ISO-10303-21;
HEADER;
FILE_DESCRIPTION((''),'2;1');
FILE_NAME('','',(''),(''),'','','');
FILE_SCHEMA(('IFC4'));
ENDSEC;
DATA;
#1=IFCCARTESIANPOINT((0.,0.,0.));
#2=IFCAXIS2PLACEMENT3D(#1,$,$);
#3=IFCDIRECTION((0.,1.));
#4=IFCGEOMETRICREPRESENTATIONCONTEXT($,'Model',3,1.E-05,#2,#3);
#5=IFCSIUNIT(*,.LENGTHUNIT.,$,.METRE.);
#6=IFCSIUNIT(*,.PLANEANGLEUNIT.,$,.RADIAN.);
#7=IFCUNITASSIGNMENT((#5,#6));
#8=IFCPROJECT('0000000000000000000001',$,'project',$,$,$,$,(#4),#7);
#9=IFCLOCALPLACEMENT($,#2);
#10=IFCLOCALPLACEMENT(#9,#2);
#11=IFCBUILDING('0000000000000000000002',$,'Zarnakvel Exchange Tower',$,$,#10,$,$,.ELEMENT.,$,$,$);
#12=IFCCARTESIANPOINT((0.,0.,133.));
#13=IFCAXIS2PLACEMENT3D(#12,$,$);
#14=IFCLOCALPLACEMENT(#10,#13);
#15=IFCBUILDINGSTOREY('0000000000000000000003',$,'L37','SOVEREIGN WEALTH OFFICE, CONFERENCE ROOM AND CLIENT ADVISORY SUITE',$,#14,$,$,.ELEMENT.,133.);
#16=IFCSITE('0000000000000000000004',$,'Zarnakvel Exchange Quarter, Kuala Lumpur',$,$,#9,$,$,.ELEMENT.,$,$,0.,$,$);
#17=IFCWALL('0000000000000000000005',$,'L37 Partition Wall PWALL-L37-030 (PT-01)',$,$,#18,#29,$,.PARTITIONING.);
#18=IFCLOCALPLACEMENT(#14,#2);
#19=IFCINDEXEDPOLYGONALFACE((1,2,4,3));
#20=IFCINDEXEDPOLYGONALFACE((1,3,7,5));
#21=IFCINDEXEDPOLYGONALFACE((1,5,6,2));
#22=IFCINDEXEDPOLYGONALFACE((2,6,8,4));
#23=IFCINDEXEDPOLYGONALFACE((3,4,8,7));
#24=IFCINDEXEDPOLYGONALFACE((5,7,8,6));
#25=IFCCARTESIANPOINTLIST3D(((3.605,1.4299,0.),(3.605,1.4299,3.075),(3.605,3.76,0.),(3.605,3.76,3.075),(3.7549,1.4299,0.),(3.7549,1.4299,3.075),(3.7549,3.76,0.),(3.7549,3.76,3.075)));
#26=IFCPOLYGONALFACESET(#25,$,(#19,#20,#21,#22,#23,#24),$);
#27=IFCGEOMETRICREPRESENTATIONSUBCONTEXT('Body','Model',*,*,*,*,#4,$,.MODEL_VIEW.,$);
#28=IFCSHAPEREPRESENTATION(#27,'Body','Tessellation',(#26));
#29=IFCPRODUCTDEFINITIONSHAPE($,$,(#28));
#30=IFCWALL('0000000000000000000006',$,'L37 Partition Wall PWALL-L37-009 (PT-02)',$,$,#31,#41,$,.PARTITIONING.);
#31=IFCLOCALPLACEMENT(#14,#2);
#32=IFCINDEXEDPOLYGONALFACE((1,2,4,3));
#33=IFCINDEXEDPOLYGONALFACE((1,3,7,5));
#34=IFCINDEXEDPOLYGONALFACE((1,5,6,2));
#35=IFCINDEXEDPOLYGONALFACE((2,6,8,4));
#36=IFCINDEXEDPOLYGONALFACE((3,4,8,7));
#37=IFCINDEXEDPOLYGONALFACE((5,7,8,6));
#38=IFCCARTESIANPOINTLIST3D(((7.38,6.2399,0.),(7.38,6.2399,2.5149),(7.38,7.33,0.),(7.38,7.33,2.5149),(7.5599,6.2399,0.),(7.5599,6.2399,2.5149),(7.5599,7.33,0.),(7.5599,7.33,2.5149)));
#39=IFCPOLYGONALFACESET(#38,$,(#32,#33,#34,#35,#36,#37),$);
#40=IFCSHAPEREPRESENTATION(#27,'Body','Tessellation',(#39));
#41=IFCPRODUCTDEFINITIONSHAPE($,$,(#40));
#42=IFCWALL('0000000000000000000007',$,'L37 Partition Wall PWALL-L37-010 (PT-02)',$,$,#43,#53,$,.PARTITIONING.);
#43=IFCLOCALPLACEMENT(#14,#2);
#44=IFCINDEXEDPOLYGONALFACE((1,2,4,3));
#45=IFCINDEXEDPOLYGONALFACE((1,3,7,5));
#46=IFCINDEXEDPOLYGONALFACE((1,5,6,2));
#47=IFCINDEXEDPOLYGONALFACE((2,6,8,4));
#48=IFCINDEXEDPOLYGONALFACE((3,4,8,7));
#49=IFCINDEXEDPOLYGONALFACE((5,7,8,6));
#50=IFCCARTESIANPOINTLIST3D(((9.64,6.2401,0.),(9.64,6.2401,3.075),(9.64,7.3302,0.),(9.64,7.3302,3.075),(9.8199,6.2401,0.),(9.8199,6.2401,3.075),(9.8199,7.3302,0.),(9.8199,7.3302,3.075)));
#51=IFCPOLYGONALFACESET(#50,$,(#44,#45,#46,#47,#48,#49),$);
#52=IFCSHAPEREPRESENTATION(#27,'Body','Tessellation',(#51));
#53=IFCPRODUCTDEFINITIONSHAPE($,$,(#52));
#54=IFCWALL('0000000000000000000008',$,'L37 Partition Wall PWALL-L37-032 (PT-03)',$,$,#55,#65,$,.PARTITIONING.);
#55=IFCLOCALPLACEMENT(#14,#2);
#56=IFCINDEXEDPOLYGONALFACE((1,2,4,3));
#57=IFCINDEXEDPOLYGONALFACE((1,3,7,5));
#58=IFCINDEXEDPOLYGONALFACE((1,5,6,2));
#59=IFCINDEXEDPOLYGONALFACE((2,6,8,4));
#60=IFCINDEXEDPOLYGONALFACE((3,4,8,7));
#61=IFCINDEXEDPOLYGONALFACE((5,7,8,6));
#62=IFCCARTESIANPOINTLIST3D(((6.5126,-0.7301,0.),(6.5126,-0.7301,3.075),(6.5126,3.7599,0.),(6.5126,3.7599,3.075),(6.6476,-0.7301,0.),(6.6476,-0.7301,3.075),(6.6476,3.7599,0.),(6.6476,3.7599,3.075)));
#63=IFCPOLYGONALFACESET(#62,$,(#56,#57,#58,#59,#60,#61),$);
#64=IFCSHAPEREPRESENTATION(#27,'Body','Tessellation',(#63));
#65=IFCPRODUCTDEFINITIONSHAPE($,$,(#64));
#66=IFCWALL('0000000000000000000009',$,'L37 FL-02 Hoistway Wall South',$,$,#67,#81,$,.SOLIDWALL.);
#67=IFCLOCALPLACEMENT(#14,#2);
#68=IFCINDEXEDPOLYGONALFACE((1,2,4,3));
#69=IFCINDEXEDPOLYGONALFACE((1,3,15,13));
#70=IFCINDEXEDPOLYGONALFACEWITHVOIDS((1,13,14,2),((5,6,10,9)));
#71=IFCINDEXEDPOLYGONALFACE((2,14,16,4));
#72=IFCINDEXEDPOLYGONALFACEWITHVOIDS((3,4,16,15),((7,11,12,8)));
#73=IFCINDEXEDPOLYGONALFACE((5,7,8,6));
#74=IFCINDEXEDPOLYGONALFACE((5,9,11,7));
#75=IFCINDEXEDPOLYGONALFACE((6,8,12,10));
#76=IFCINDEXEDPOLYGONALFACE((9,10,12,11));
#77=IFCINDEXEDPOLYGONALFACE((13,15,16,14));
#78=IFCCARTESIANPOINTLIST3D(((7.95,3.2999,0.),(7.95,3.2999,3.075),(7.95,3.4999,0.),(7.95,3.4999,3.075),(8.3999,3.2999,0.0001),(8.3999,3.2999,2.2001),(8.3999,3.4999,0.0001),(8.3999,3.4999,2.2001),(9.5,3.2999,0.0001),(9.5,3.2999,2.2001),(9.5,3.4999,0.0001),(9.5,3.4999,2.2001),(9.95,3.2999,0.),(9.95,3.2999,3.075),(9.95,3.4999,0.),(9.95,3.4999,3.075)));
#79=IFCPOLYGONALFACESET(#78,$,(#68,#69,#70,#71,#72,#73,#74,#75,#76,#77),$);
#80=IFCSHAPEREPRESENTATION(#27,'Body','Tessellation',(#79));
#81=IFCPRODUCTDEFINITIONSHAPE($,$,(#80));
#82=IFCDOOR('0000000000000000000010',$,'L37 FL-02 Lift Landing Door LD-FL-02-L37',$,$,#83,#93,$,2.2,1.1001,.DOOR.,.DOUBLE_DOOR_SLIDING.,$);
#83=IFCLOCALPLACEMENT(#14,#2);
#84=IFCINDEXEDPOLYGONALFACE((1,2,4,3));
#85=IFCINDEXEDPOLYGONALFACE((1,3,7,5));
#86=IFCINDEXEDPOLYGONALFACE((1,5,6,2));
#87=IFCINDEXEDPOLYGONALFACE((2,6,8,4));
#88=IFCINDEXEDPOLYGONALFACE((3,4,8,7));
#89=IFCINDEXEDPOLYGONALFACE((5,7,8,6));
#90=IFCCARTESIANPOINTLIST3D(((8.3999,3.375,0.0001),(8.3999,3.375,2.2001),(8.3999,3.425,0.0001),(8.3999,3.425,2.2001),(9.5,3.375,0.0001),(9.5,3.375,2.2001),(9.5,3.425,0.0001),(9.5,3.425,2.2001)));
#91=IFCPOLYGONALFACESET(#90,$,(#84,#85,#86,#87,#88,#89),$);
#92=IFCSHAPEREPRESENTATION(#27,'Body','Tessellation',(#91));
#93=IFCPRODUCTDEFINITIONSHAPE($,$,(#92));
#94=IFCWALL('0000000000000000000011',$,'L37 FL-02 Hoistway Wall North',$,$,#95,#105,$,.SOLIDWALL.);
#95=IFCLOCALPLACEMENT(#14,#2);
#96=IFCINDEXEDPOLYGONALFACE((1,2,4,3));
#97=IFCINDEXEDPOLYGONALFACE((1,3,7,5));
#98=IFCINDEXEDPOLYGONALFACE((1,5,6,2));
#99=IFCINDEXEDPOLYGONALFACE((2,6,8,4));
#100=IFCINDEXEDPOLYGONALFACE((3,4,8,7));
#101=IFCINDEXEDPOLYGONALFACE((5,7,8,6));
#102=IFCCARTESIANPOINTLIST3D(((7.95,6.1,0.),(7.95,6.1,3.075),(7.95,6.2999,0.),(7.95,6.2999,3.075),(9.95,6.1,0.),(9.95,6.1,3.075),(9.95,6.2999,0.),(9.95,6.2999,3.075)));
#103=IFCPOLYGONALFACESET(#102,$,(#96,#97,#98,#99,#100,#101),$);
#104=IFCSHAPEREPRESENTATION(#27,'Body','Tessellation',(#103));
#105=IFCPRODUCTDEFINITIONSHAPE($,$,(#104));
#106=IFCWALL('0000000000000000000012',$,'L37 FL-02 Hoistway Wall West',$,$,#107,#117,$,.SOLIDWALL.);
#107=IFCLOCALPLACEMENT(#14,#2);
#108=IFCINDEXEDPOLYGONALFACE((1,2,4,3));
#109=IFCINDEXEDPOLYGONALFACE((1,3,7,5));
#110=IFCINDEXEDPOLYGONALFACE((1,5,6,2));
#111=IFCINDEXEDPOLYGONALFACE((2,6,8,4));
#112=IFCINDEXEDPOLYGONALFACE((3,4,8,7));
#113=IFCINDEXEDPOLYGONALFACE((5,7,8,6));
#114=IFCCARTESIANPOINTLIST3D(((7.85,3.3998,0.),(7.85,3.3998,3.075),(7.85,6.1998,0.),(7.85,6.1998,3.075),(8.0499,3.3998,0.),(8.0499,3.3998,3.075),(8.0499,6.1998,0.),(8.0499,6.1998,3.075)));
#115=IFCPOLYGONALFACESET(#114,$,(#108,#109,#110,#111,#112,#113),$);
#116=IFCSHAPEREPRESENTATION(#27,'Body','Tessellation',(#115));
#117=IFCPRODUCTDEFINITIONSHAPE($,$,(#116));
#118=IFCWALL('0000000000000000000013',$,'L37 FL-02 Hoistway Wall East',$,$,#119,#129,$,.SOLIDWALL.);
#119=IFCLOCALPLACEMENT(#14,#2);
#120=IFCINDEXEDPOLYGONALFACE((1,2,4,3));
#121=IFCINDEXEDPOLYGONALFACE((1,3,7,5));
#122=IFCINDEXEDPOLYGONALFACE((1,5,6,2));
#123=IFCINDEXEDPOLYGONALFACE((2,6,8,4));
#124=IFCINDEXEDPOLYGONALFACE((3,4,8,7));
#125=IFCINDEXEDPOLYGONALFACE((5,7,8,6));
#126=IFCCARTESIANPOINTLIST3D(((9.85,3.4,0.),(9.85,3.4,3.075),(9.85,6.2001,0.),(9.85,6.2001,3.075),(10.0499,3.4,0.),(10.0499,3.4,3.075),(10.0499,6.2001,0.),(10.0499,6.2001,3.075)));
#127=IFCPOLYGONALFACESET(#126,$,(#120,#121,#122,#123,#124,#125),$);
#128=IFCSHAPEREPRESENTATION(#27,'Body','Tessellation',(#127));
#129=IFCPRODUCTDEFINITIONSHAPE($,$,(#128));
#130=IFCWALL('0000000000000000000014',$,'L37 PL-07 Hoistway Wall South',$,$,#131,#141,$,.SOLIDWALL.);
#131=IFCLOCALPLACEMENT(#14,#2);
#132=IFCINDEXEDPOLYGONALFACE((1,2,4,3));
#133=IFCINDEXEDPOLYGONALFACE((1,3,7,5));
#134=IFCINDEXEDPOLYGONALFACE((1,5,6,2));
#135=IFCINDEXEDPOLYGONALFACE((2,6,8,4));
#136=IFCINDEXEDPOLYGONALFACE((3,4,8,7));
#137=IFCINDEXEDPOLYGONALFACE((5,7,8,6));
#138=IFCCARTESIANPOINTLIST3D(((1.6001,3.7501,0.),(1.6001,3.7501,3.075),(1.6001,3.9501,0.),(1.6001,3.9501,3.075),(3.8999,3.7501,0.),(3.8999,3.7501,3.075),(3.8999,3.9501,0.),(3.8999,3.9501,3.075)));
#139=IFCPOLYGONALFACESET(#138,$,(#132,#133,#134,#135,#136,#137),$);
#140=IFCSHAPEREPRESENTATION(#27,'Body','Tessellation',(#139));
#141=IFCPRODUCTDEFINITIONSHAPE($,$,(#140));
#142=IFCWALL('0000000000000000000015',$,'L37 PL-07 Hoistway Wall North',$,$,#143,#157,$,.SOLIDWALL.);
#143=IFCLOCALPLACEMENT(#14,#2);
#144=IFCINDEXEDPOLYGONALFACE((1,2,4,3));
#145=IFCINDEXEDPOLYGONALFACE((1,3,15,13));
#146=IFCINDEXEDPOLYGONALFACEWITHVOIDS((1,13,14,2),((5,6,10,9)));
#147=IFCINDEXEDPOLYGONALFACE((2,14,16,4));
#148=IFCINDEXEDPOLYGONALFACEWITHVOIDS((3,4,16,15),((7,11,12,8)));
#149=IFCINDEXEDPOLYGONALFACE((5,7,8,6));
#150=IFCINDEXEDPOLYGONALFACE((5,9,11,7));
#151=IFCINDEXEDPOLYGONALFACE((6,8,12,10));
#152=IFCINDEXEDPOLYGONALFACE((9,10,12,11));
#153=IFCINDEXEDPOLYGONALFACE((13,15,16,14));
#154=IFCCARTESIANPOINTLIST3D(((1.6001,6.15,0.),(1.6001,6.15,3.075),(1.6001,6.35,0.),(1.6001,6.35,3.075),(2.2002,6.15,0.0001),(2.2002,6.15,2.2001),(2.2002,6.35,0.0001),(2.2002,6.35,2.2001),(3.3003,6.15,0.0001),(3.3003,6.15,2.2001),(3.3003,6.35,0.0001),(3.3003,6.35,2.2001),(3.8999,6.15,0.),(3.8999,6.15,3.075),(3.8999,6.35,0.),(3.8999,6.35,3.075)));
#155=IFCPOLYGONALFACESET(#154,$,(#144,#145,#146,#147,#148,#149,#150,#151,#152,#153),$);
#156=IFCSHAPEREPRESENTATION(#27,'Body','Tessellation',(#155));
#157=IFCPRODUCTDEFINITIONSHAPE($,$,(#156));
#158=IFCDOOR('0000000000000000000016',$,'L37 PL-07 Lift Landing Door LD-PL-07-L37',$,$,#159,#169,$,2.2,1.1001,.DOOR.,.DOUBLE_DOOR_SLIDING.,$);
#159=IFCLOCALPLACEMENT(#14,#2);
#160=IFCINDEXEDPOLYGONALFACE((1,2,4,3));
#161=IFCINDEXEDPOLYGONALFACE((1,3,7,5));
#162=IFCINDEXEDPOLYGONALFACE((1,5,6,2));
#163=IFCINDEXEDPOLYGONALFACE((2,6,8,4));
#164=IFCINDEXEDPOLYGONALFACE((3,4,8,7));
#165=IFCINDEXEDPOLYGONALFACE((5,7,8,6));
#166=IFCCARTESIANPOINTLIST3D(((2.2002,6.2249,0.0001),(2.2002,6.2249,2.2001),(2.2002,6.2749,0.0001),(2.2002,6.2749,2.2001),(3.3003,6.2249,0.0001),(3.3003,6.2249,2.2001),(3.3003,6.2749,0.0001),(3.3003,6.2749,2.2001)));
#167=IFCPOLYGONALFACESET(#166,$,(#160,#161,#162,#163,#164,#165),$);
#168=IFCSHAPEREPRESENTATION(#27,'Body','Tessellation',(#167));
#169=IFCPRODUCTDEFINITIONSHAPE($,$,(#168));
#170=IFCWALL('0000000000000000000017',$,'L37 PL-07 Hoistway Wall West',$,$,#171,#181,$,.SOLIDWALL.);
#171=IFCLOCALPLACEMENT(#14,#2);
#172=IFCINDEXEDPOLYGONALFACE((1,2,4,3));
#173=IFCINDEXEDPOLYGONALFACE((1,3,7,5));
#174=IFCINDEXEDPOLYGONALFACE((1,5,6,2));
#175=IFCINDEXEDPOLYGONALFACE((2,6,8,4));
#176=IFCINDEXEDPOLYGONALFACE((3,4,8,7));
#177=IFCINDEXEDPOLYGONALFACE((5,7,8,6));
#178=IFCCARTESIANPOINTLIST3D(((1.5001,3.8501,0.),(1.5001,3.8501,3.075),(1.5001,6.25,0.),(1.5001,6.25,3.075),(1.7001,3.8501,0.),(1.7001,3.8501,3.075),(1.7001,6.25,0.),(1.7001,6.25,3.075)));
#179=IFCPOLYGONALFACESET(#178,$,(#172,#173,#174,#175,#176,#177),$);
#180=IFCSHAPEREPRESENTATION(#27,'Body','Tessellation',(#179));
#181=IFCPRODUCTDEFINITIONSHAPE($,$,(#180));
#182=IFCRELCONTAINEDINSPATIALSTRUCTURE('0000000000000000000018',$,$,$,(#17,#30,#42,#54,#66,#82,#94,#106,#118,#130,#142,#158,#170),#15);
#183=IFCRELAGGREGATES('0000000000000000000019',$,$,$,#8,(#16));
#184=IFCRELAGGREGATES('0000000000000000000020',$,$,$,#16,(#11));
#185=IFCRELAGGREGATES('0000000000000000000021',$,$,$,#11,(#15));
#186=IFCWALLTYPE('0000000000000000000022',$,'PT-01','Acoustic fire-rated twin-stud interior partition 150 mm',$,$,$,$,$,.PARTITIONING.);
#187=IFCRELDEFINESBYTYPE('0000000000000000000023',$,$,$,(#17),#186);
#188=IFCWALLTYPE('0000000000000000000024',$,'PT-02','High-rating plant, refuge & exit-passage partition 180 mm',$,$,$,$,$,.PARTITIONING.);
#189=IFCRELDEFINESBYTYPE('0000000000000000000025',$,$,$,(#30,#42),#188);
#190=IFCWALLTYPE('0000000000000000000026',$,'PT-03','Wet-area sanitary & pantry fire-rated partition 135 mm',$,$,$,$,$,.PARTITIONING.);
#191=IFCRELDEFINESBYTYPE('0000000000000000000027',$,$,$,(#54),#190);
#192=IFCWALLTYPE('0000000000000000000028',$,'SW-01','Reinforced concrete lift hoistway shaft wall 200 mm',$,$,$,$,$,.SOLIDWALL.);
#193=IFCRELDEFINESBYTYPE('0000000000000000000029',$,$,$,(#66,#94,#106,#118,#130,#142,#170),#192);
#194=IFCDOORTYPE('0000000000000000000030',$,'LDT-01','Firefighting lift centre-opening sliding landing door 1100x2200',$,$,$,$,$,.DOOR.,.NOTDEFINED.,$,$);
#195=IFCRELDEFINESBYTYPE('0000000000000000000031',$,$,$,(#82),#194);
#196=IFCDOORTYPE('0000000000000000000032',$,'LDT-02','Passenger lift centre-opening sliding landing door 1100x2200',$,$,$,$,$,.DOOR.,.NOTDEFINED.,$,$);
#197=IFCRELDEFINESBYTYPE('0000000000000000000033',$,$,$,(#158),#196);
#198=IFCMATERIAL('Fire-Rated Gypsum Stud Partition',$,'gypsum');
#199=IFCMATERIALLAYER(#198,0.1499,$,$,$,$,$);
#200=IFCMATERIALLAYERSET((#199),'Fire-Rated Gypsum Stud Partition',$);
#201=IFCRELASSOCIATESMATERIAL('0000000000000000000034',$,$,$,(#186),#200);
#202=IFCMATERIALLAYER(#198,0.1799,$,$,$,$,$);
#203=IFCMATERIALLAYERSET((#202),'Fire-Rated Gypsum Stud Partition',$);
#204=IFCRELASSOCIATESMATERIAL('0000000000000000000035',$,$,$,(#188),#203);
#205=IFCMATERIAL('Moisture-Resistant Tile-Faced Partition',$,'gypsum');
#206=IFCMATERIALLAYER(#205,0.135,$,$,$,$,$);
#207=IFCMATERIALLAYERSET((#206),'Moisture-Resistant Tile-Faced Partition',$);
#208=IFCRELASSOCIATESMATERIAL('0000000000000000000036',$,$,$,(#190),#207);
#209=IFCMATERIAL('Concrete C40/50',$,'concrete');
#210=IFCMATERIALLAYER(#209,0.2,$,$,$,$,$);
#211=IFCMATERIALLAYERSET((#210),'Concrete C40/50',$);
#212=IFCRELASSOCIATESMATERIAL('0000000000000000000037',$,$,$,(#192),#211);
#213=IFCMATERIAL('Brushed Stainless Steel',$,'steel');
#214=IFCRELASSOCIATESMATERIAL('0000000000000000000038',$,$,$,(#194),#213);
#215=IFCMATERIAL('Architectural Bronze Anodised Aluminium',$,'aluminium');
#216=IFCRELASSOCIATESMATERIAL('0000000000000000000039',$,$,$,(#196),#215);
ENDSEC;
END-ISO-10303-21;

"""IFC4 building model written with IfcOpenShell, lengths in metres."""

from ifc_helpers import new_model, si_unit, direction, frame, frame_2d, origin, place, context, subcontext, project, spatial, rectangle, extrude, source, transform, mapped, material, layer, layer_set, type_object, element, fill, save


model = new_model("IFC4")

# Units and contexts
model_context = context("Model", 3, precision=1e-05, world=origin(), true_north=direction((0.0, 1.0)))
body_context = subcontext(model_context, "Body", "Model", "MODEL_VIEW")
ifc_project = project(units=[si_unit("LENGTHUNIT", "METRE"), si_unit("PLANEANGLEUNIT", "RADIAN")], contexts=[model_context])

# Site, building, storey
site_placement = place(None, origin())
site = spatial("IfcSite", under=ifc_project, at=site_placement, Name="Zarnakvel Exchange Quarter, Kuala Lumpur", CompositionType="ELEMENT", RefElevation=0.0)
building_placement = place(site_placement, origin())
building = spatial("IfcBuilding", under=site, at=building_placement, Name="Zarnakvel Exchange Tower", CompositionType="ELEMENT")
storey_placement = place(building_placement, frame((0.0, 0.0, 133.0)))
storey = spatial("IfcBuildingStorey", under=building, at=storey_placement, Name="L37", Description="SOVEREIGN WEALTH OFFICE, CONFERENCE ROOM AND CLIENT ADVISORY SUITE", CompositionType="ELEMENT", Elevation=133.0)

# Walls
ifc_material_1 = material(Name="Fire-Rated Gypsum Stud Partition", Category="gypsum")
ifc_layer_1 = layer(ifc_material_1, 0.1499)
ifc_layer_set_1 = layer_set([ifc_layer_1], Name="Fire-Rated Gypsum Stud Partition")
wall_type_1 = type_object("IfcWallType", Name="PT-01", Description="Acoustic fire-rated twin-stud interior partition 150 mm", PredefinedType="PARTITIONING", material=ifc_layer_set_1)
wall_1_placement = place(storey_placement, frame((3.6799, 3.76, 0.0), z_axis=(0.0, 0.0, 1.0), x_axis=(0.0, -1.0, 0.0)))
element("IfcWall", 1, at=wall_1_placement, inside=storey, type_object=wall_type_1, Name="L37 Partition Wall PWALL-L37-030 (PT-01)", PredefinedType="PARTITIONING", context=body_context, shape_type="SweptSolid", body=[
    extrude(rectangle(XDim=2.3301, YDim=0.1499, at=frame_2d((1.165, 0.0))), origin(), (0.0, 0.0, 1.0), 3.075),
])
ifc_layer_2 = layer(ifc_material_1, 0.1799)
ifc_layer_set_2 = layer_set([ifc_layer_2], Name="Fire-Rated Gypsum Stud Partition")
wall_type_2 = type_object("IfcWallType", Name="PT-02", Description="High-rating plant, refuge & exit-passage partition 180 mm", PredefinedType="PARTITIONING", material=ifc_layer_set_2)
wall_2_placement = place(storey_placement, frame((7.47, 6.24, 0.0), z_axis=(0.0, 0.0, 1.0), x_axis=(0.0, 1.0, 0.0)))
element("IfcWall", 2, at=wall_2_placement, inside=storey, type_object=wall_type_2, Name="L37 Partition Wall PWALL-L37-009 (PT-02)", PredefinedType="PARTITIONING", context=body_context, shape_type="SweptSolid", body=[
    extrude(rectangle(XDim=1.0901, YDim=0.1799, at=frame_2d((0.5449, 0.0))), origin(), (0.0, 0.0, 1.0), 2.5149),
])
wall_3_placement = place(storey_placement, frame((9.73, 7.3301, 0.0), z_axis=(0.0, 0.0, 1.0), x_axis=(0.0, -1.0, 0.0)))
element("IfcWall", 3, at=wall_3_placement, inside=storey, type_object=wall_type_2, Name="L37 Partition Wall PWALL-L37-010 (PT-02)", PredefinedType="PARTITIONING", context=body_context, shape_type="SweptSolid", body=[
    extrude(rectangle(XDim=1.0901, YDim=0.1799, at=frame_2d((0.5449, 0.0))), origin(), (0.0, 0.0, 1.0), 3.075),
])
ifc_material_2 = material(Name="Moisture-Resistant Tile-Faced Partition", Category="gypsum")
ifc_layer_3 = layer(ifc_material_2, 0.135)
ifc_layer_set_3 = layer_set([ifc_layer_3], Name="Moisture-Resistant Tile-Faced Partition")
wall_type_3 = type_object("IfcWallType", Name="PT-03", Description="Wet-area sanitary & pantry fire-rated partition 135 mm", PredefinedType="PARTITIONING", material=ifc_layer_set_3)
wall_4_placement = place(storey_placement, frame((6.5801, 3.76, 0.0), z_axis=(0.0, 0.0, 1.0), x_axis=(0.0, -1.0, 0.0)))
element("IfcWall", 4, at=wall_4_placement, inside=storey, type_object=wall_type_3, Name="L37 Partition Wall PWALL-L37-032 (PT-03)", PredefinedType="PARTITIONING", context=body_context, shape_type="SweptSolid", body=[
    extrude(rectangle(XDim=4.49, YDim=0.135, at=frame_2d((2.2451, 0.0))), origin(), (0.0, 0.0, 1.0), 3.075),
])

# Wall, opening, door
ifc_material_3 = material(Name="Concrete C40/50", Category="concrete")
ifc_layer_4 = layer(ifc_material_3, 0.2)
ifc_layer_set_4 = layer_set([ifc_layer_4], Name="Concrete C40/50")
wall_type_4 = type_object("IfcWallType", Name="SW-01", Description="Reinforced concrete lift hoistway shaft wall 200 mm", PredefinedType="SOLIDWALL", material=ifc_layer_set_4)
wall_5_placement = place(storey_placement, frame((9.95, 3.3999, 0.0), z_axis=(0.0, 0.0, 1.0), x_axis=(-1.0, 0.0, 0.0)))
wall_5 = element("IfcWall", 5, at=wall_5_placement, inside=storey, type_object=wall_type_4, Name="L37 FL-02 Hoistway Wall South", PredefinedType="SOLIDWALL", context=body_context, shape_type="SweptSolid", body=[
    extrude(rectangle(XDim=2.0, YDim=0.2, at=frame_2d((1.0, 0.0))), origin(), (0.0, 0.0, 1.0), 3.075),
])
opening_1_placement = place(wall_5_placement, frame((0.45, 0.0, 0.0)))
opening_1 = element("IfcOpeningElement", 6, at=opening_1_placement, cuts=wall_5, PredefinedType="OPENING", context=body_context, shape_type="SweptSolid", body=[
    extrude(rectangle(XDim=1.1001, YDim=2.2, at=frame_2d((0.55, 1.1001))), frame((0.0, 0.1099, 0.0), z_axis=(0.0, -1.0, 0.0), x_axis=(1.0, 0.0, 0.0)), (0.0, 0.0, 1.0), 0.22),
])
ifc_material_4 = material(Name="Brushed Stainless Steel", Category="steel")
door_type_1 = type_object("IfcDoorType", Name="LDT-01", Description="Firefighting lift centre-opening sliding landing door 1100x2200", OperationType="NOTDEFINED", PredefinedType="DOOR", material=ifc_material_4)
shared_shape_1 = source(origin(), body_context, "Body", "SweptSolid", [
    extrude(rectangle(XDim=1.1001, YDim=2.2, at=frame_2d((0.55, 1.1001))), frame((0.0, 0.0249, 0.0), z_axis=(0.0, -1.0, 0.0), x_axis=(1.0, 0.0, 0.0)), (0.0, 0.0, 1.0), 0.05),
])
door_1_placement = place(opening_1_placement, origin())
door_1 = element("IfcDoor", 7, at=door_1_placement, inside=storey, type_object=door_type_1, Name="L37 FL-02 Lift Landing Door LD-FL-02-L37", OperationType="DOUBLE_DOOR_SLIDING", OverallHeight=2.2, OverallWidth=1.1001, PredefinedType="DOOR", context=body_context, shape_type="MappedRepresentation", body=[
    mapped(shared_shape_1, transform((0.0, 0.0, 0.0), x_axis=(1.0, 0.0, 0.0), y_axis=(0.0, 1.0, 0.0), z_axis=(0.0, 0.0, 1.0), scale=1.0)),
])
fill(opening_1, door_1)

# Walls
wall_6_placement = place(storey_placement, frame((7.95, 6.2, 0.0), z_axis=(0.0, 0.0, 1.0), x_axis=(1.0, 0.0, 0.0)))
element("IfcWall", 8, at=wall_6_placement, inside=storey, type_object=wall_type_4, Name="L37 FL-02 Hoistway Wall North", PredefinedType="SOLIDWALL", context=body_context, shape_type="SweptSolid", body=[
    extrude(rectangle(XDim=2.0, YDim=0.2, at=frame_2d((1.0, 0.0))), origin(), (0.0, 0.0, 1.0), 3.075),
])
for number, where, z_axis, x_axis, name in (
    (9, (7.95, 3.3999, 0.0), (0.0, 0.0, 1.0), (0.0, 1.0, 0.0), "L37 FL-02 Hoistway Wall West"),
    (10, (9.95, 6.2, 0.0), (0.0, 0.0, 1.0), (0.0, -1.0, 0.0), "L37 FL-02 Hoistway Wall East"),
):
    element("IfcWall", number, at=place(storey_placement, frame(where, z_axis=z_axis, x_axis=x_axis)), inside=storey, type_object=wall_type_4, Name=name, PredefinedType="SOLIDWALL", context=body_context, shape_type="SweptSolid", body=[
        extrude(rectangle(XDim=2.8, YDim=0.2, at=frame_2d((1.3999, 0.0))), origin(), (0.0, 0.0, 1.0), 3.075),
    ])
wall_7_placement = place(storey_placement, frame((3.8999, 3.8501, 0.0), z_axis=(0.0, 0.0, 1.0), x_axis=(-1.0, 0.0, 0.0)))
element("IfcWall", 11, at=wall_7_placement, inside=storey, type_object=wall_type_4, Name="L37 PL-07 Hoistway Wall South", PredefinedType="SOLIDWALL", context=body_context, shape_type="SweptSolid", body=[
    extrude(rectangle(XDim=2.2998, YDim=0.2, at=frame_2d((1.1499, 0.0))), origin(), (0.0, 0.0, 1.0), 3.075),
])

# Wall, opening, door
wall_8_placement = place(storey_placement, frame((1.6001, 6.25, 0.0), z_axis=(0.0, 0.0, 1.0), x_axis=(1.0, 0.0, 0.0)))
wall_8 = element("IfcWall", 12, at=wall_8_placement, inside=storey, type_object=wall_type_4, Name="L37 PL-07 Hoistway Wall North", PredefinedType="SOLIDWALL", context=body_context, shape_type="SweptSolid", body=[
    extrude(rectangle(XDim=2.2998, YDim=0.2, at=frame_2d((1.1499, 0.0))), origin(), (0.0, 0.0, 1.0), 3.075),
])
opening_2_placement = place(wall_8_placement, frame((0.6001, 0.0, 0.0)))
opening_2 = element("IfcOpeningElement", 13, at=opening_2_placement, cuts=wall_8, PredefinedType="OPENING", context=body_context, shape_type="SweptSolid", body=[
    extrude(rectangle(XDim=1.1001, YDim=2.2, at=frame_2d((0.55, 1.1001))), frame((0.0, 0.1099, 0.0), z_axis=(0.0, -1.0, 0.0), x_axis=(1.0, 0.0, 0.0)), (0.0, 0.0, 1.0), 0.22),
])
ifc_material_5 = material(Name="Architectural Bronze Anodised Aluminium", Category="aluminium")
door_type_2 = type_object("IfcDoorType", Name="LDT-02", Description="Passenger lift centre-opening sliding landing door 1100x2200", OperationType="NOTDEFINED", PredefinedType="DOOR", material=ifc_material_5)
door_2_placement = place(opening_2_placement, origin())
door_2 = element("IfcDoor", 14, at=door_2_placement, inside=storey, type_object=door_type_2, Name="L37 PL-07 Lift Landing Door LD-PL-07-L37", OperationType="DOUBLE_DOOR_SLIDING", OverallHeight=2.2, OverallWidth=1.1001, PredefinedType="DOOR", context=body_context, shape_type="MappedRepresentation", body=[
    mapped(shared_shape_1, transform((0.0, 0.0, 0.0), x_axis=(1.0, 0.0, 0.0), y_axis=(0.0, 1.0, 0.0), z_axis=(0.0, 0.0, 1.0), scale=1.0)),
])
fill(opening_2, door_2)

# Wall
for number, where, z_axis, x_axis, name in (
    (15, (1.6001, 3.8501, 0.0), (0.0, 0.0, 1.0), (0.0, 1.0, 0.0), "L37 PL-07 Hoistway Wall West"),
):
    element("IfcWall", number, at=place(storey_placement, frame(where, z_axis=z_axis, x_axis=x_axis)), inside=storey, type_object=wall_type_4, Name=name, PredefinedType="SOLIDWALL", context=body_context, shape_type="SweptSolid", body=[
        extrude(rectangle(XDim=2.3999, YDim=0.2, at=frame_2d((1.2, 0.0))), origin(), (0.0, 0.0, 1.0), 3.075),
    ])

save(model, "model.ifc")
